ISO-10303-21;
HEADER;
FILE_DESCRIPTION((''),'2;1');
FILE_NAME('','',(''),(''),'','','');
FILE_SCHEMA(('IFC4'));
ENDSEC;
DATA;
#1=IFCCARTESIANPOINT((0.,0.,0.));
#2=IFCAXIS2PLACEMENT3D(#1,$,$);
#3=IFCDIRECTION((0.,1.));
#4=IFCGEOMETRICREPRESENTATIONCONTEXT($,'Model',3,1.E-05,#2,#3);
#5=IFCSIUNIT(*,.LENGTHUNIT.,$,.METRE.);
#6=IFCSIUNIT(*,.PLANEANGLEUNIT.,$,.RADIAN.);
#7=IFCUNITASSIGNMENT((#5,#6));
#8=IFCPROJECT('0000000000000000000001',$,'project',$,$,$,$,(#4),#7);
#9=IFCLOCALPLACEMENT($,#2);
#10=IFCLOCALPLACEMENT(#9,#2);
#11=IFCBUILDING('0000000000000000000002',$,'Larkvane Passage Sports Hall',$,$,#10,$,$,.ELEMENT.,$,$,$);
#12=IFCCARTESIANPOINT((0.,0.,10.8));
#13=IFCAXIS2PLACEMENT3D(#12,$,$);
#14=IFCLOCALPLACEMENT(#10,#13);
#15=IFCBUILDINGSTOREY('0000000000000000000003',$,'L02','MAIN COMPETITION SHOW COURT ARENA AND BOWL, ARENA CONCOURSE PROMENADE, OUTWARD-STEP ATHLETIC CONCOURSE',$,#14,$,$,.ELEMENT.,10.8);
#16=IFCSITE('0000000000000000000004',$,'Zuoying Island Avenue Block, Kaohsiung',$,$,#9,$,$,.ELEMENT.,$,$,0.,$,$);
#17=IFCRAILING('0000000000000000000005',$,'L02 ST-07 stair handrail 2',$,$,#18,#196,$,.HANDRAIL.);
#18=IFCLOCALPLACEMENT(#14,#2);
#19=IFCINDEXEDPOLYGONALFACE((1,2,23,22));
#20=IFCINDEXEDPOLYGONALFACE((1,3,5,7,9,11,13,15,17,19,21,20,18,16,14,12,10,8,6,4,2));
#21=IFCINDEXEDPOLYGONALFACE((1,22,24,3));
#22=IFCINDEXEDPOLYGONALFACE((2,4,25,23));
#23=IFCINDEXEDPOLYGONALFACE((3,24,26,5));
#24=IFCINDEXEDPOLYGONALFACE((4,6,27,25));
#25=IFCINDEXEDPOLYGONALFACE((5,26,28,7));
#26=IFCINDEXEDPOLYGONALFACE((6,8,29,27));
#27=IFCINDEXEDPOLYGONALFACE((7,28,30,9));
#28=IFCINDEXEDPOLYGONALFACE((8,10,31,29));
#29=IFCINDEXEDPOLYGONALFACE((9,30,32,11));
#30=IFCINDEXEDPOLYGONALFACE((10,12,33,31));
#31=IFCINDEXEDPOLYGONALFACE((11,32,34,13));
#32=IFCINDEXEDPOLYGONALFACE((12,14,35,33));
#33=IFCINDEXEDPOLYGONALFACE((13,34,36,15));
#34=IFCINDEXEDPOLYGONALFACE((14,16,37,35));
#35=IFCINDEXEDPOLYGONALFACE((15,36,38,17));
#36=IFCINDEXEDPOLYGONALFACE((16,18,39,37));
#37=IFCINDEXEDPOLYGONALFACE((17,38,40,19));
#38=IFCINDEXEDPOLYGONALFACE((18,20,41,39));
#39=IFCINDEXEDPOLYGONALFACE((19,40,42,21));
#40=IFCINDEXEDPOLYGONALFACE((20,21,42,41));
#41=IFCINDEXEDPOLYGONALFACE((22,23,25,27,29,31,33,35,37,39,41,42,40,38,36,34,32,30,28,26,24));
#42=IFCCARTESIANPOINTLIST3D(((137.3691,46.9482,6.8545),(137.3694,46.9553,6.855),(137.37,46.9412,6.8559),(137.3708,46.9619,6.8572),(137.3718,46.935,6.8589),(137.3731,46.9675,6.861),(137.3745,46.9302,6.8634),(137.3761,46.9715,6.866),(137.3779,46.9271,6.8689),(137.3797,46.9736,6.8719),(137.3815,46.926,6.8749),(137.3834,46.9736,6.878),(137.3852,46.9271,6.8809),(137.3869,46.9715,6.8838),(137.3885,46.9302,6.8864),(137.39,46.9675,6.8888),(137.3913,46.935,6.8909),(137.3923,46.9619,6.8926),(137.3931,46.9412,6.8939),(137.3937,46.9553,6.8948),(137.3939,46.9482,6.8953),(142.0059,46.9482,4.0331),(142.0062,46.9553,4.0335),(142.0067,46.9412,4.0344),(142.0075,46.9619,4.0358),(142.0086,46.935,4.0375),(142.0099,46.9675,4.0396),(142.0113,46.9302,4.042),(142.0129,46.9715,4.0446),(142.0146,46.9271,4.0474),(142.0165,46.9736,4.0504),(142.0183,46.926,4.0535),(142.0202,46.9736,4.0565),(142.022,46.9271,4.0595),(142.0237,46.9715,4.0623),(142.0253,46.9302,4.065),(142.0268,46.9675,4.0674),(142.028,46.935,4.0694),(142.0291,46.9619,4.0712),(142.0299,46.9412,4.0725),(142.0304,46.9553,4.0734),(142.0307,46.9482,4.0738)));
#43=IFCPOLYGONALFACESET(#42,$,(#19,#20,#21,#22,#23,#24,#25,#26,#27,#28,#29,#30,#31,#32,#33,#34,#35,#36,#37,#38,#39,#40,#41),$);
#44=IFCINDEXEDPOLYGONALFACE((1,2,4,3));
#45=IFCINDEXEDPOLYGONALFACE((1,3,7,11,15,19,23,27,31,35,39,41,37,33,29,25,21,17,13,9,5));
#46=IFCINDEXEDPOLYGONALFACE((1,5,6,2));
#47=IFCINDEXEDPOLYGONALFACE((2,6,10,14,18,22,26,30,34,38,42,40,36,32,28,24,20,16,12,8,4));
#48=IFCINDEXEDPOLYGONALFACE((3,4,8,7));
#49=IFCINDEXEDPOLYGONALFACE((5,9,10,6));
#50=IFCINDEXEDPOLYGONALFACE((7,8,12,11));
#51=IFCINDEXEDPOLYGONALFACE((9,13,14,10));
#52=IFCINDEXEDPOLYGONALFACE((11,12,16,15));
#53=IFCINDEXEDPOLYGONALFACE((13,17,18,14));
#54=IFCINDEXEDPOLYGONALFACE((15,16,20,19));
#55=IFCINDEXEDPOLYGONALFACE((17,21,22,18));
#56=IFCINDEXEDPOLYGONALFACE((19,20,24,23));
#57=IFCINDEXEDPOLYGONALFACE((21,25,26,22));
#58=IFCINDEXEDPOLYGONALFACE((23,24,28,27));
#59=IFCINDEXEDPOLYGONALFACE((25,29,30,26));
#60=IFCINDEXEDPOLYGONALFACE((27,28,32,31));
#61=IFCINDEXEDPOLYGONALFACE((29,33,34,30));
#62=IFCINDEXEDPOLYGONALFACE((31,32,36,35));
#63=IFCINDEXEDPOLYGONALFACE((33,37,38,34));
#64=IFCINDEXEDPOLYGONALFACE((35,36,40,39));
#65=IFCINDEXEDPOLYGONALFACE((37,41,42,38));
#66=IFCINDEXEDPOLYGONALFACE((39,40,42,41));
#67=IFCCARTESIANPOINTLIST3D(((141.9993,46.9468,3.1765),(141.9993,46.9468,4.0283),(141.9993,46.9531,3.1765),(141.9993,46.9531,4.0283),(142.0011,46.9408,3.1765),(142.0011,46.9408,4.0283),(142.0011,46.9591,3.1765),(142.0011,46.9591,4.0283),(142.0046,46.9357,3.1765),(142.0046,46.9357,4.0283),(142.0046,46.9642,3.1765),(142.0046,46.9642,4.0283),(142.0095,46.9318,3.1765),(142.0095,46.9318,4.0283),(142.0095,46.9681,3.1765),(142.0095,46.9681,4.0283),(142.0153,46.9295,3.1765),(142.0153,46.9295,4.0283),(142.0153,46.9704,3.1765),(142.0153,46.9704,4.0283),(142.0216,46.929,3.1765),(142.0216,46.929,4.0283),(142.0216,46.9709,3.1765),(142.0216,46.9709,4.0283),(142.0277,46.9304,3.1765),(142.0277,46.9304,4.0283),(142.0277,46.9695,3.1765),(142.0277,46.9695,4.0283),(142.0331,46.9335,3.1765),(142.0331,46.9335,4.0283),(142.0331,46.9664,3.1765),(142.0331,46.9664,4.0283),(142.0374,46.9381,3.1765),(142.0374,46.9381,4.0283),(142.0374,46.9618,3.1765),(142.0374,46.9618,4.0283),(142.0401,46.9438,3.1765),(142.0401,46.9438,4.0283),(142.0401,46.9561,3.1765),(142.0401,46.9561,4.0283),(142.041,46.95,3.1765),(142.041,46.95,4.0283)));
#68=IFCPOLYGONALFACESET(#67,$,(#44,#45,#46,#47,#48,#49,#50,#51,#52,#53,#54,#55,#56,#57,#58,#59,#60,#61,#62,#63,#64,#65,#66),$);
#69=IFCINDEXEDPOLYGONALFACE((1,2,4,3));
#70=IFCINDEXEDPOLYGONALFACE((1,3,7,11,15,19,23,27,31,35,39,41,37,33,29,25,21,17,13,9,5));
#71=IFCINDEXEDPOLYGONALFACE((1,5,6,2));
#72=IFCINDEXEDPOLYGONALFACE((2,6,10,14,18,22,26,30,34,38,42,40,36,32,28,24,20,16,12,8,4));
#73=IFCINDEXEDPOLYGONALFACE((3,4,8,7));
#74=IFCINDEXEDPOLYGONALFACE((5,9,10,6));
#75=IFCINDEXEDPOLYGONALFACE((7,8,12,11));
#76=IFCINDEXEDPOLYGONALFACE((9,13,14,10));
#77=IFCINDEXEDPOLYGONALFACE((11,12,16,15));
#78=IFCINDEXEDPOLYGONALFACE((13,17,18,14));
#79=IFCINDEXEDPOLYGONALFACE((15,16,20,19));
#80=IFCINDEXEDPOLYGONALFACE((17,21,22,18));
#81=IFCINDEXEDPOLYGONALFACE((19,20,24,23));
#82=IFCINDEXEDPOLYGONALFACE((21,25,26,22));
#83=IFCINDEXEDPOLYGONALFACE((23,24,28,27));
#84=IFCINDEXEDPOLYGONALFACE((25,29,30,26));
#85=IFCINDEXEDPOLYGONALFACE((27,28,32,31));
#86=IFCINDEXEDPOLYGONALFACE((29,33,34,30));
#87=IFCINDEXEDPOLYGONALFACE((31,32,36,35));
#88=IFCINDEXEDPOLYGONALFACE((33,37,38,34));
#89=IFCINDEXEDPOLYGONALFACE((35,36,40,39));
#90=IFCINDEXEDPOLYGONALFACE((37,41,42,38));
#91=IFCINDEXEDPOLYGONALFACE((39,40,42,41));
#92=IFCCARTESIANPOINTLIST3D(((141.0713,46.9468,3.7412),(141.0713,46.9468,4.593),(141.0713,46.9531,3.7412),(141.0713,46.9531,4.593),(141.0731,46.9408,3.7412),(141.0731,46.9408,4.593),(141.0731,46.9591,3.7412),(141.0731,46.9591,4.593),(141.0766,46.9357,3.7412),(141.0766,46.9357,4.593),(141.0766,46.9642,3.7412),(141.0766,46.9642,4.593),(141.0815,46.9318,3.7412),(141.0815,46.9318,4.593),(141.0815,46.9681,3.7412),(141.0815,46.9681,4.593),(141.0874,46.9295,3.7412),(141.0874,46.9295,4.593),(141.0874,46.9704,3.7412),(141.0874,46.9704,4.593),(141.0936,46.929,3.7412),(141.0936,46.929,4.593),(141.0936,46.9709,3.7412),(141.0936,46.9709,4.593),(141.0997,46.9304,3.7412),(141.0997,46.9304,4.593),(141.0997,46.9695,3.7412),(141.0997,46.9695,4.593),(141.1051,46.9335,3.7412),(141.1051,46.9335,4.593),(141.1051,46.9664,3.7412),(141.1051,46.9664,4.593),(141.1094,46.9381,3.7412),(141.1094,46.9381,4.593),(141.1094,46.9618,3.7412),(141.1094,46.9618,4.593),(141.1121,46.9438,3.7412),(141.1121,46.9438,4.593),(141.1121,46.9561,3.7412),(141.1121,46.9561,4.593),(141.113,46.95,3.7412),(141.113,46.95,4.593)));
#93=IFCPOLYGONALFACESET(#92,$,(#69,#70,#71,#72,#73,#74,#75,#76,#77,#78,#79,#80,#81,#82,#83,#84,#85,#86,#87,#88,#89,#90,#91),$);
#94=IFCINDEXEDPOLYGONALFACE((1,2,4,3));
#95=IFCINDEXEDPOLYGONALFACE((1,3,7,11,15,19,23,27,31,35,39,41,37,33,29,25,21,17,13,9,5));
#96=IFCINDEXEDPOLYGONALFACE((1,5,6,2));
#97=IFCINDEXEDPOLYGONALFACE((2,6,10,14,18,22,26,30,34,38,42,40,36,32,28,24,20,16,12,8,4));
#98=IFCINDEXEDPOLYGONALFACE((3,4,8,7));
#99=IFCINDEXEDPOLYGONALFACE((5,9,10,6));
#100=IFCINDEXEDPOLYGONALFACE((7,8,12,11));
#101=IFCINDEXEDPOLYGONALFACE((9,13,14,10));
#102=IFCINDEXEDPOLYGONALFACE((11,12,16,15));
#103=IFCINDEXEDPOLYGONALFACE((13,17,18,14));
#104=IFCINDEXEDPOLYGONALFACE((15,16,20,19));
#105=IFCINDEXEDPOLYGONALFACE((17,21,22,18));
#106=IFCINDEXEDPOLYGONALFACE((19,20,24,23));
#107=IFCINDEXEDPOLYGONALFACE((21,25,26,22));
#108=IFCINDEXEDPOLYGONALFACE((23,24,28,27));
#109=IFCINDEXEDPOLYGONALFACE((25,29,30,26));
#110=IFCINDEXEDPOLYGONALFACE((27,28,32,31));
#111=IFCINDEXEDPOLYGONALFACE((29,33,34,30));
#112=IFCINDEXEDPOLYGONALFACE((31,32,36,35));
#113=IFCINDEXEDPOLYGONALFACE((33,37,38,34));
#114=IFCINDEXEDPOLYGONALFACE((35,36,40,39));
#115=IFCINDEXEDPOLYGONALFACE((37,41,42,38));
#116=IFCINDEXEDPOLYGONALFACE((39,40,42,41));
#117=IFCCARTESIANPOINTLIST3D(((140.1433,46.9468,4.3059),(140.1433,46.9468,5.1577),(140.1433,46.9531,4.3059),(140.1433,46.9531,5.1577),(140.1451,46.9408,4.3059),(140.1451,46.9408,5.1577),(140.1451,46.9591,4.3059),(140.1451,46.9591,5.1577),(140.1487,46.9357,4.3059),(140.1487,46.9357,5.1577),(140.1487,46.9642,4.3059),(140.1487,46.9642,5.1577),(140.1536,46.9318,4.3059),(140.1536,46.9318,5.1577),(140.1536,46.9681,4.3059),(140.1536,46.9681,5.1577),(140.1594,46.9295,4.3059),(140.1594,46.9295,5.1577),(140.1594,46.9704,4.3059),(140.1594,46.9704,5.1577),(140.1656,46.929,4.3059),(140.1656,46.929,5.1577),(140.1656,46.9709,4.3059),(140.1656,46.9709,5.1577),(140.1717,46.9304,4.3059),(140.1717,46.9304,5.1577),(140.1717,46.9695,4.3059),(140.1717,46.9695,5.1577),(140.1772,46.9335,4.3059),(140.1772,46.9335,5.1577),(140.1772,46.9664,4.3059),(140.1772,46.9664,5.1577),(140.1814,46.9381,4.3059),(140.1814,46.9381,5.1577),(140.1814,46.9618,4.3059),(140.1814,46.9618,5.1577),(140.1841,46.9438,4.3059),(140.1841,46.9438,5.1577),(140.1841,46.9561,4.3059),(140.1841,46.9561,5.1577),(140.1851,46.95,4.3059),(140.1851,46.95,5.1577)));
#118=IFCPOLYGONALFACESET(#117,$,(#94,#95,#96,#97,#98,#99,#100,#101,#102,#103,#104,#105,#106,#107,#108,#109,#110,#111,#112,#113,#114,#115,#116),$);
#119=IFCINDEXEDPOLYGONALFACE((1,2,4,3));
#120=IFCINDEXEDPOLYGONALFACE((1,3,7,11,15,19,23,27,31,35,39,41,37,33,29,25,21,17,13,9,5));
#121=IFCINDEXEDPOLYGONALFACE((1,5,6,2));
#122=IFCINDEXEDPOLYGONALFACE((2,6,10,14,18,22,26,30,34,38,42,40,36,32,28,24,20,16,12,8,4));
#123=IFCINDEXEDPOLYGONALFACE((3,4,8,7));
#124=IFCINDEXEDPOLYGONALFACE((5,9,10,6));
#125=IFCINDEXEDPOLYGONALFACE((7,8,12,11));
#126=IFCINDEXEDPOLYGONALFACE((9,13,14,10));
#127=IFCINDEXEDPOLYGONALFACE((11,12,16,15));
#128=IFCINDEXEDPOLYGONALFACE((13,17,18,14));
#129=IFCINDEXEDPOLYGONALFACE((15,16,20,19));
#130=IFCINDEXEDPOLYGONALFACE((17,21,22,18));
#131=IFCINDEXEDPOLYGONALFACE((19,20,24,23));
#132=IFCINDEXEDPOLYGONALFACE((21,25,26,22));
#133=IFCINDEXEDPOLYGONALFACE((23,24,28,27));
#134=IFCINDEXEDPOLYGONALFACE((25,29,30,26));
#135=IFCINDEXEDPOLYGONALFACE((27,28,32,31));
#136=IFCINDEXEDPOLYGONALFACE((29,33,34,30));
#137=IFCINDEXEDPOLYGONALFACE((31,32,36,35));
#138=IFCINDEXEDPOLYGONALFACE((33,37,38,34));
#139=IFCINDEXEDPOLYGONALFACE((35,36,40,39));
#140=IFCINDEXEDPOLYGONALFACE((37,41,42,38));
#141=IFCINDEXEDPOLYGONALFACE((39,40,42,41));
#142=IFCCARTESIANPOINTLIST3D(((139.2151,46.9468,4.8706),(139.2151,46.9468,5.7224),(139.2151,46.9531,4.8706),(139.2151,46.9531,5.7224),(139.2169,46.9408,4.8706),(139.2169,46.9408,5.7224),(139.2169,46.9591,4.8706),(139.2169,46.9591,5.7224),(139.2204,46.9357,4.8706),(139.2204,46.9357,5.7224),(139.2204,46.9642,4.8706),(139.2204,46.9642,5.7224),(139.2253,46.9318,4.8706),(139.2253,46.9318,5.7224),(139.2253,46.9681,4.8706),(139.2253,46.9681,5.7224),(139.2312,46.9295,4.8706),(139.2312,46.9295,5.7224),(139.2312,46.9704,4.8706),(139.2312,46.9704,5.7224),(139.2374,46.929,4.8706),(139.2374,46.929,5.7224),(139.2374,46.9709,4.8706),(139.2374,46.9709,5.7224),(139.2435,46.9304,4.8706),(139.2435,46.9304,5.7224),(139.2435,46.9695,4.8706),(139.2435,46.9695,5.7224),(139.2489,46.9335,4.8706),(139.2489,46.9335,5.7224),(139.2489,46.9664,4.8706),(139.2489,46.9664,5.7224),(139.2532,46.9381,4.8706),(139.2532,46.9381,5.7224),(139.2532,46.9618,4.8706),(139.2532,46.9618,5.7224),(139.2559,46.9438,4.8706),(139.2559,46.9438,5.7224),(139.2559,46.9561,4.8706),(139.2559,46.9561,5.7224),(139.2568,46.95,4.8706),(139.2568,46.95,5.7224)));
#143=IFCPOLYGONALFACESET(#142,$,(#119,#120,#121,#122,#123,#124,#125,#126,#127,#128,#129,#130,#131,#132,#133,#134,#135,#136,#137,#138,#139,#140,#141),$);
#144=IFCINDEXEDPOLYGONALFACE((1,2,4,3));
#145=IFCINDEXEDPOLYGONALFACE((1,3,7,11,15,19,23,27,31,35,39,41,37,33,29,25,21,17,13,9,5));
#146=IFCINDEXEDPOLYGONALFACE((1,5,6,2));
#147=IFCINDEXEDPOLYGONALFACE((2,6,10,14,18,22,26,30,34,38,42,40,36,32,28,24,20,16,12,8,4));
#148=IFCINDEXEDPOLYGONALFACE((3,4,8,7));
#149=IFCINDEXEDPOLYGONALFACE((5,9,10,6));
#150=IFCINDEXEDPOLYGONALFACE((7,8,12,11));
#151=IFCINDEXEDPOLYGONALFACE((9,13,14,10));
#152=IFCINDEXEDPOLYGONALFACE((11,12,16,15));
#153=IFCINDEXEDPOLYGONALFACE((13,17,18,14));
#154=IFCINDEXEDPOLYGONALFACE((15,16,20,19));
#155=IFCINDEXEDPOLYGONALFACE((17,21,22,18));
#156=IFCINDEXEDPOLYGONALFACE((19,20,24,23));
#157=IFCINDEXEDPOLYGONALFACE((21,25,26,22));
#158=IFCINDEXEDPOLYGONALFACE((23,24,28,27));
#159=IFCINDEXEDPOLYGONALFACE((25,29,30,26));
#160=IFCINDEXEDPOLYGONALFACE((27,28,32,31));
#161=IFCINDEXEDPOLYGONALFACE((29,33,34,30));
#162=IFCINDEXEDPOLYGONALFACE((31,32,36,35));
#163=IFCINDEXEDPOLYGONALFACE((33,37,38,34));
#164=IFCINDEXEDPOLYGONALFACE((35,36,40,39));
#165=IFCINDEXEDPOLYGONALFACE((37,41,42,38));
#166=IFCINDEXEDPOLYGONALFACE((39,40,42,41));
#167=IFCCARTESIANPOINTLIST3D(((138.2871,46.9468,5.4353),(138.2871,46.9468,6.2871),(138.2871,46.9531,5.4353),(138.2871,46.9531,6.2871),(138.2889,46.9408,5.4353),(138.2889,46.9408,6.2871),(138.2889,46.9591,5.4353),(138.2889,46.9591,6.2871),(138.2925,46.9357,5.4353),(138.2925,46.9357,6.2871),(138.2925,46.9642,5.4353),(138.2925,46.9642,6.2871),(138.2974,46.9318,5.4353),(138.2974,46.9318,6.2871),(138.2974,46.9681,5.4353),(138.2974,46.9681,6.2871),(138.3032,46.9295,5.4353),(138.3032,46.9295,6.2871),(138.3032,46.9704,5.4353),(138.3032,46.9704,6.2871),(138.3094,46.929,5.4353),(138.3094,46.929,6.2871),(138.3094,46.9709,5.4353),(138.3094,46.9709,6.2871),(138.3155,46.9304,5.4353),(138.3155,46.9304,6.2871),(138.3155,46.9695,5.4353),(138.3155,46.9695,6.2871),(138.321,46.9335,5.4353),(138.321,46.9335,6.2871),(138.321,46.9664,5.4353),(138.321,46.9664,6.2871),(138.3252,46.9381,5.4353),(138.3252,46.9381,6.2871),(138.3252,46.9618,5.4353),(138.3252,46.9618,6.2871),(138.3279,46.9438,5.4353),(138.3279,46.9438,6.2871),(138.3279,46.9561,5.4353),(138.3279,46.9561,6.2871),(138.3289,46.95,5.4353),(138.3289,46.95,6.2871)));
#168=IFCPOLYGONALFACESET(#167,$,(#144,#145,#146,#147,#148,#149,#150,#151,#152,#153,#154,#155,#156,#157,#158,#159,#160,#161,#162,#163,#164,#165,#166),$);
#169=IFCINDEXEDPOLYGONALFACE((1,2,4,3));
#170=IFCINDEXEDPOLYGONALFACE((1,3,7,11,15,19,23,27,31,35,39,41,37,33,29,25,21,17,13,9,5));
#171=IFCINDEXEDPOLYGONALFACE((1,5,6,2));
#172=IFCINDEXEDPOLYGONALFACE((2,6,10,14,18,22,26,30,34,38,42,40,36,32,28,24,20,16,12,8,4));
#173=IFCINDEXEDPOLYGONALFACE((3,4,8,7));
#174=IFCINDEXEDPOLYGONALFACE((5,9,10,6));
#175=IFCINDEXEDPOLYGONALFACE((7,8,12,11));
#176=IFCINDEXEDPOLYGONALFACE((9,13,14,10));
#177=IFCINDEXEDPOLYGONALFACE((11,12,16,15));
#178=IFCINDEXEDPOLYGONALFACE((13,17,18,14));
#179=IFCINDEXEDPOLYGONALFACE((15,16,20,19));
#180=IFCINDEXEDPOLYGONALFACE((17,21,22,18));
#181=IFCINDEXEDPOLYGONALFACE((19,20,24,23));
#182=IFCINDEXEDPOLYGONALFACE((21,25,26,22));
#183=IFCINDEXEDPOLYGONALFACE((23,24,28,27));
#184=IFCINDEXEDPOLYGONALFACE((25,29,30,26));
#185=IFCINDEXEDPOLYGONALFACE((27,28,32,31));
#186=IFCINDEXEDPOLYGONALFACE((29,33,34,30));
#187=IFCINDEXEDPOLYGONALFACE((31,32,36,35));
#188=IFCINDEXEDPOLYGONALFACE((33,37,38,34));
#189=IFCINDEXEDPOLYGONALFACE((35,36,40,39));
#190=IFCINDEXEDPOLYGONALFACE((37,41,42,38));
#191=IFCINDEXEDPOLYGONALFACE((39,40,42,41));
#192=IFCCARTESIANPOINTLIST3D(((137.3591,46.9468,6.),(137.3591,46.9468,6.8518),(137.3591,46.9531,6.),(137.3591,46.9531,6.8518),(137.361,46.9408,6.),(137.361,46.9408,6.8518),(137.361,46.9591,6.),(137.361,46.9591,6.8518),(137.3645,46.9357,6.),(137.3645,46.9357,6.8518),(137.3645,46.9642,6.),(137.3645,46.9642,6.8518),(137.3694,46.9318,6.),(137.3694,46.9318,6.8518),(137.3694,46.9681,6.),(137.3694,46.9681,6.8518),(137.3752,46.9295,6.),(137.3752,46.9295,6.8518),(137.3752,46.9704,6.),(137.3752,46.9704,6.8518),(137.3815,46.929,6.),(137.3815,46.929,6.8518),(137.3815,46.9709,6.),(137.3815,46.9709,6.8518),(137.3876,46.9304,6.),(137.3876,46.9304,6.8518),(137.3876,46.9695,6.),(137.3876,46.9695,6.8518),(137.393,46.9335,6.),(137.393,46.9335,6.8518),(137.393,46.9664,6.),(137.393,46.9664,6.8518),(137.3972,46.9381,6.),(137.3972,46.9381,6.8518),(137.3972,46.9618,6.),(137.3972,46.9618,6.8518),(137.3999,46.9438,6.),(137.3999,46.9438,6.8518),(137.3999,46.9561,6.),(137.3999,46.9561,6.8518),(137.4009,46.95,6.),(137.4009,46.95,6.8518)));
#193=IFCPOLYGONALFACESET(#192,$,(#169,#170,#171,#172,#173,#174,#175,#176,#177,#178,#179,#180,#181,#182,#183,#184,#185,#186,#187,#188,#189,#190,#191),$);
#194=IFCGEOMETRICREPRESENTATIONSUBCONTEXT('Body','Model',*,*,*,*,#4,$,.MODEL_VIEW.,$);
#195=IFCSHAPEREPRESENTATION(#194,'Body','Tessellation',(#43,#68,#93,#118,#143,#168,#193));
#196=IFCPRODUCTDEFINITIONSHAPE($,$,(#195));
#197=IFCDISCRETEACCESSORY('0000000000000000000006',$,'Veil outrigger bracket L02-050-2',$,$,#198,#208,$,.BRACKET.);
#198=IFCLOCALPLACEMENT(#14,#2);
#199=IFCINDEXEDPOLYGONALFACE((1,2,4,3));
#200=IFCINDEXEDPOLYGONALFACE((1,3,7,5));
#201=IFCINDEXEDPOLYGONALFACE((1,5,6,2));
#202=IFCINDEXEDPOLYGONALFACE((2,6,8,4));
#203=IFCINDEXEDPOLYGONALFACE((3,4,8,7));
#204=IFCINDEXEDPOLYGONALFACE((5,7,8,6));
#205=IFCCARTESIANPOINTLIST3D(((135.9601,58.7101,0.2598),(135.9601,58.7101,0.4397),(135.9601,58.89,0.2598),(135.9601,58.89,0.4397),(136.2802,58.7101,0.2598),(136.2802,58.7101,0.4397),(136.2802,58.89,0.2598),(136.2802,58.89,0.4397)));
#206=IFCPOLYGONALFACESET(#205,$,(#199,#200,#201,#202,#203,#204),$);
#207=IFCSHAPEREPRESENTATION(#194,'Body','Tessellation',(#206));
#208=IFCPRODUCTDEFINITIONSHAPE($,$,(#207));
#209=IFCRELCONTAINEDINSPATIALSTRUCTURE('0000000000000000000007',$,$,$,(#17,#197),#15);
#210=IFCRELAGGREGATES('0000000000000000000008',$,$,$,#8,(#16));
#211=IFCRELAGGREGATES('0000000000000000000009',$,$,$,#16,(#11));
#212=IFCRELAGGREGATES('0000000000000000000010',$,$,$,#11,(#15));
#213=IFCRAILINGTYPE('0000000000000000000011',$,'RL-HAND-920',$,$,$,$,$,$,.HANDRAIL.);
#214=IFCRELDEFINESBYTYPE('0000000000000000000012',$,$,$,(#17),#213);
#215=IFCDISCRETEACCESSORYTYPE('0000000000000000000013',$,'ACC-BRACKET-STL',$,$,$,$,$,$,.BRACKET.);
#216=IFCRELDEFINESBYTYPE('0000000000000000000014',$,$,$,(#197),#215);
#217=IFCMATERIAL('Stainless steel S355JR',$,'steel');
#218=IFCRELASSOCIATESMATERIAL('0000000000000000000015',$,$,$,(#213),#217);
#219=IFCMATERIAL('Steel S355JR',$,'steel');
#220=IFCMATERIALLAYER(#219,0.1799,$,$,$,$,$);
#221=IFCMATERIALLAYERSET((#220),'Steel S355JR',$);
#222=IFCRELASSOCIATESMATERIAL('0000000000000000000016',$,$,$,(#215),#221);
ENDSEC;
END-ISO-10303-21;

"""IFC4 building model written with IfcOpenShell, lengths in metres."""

from ifc_helpers import new_model, si_unit, direction, frame, origin, origin_2d, place, context, subcontext, project, spatial, rectangle, circle, extrude, material, layer, layer_set, type_object, element, save


model = new_model("IFC4")

# Units and contexts
model_context = context("Model", 3, precision=1e-05, world=origin(), true_north=direction((0.0, 1.0)))
body_context = subcontext(model_context, "Body", "Model", "MODEL_VIEW")
ifc_project = project(units=[si_unit("LENGTHUNIT", "METRE"), si_unit("PLANEANGLEUNIT", "RADIAN")], contexts=[model_context])

# Site, building, storey
site_placement = place(None, origin())
site = spatial("IfcSite", under=ifc_project, at=site_placement, Name="Zuoying Island Avenue Block, Kaohsiung", CompositionType="ELEMENT", RefElevation=0.0)
building_placement = place(site_placement, origin())
building = spatial("IfcBuilding", under=site, at=building_placement, Name="Larkvane Passage Sports Hall", CompositionType="ELEMENT")
storey_placement = place(building_placement, frame((0.0, 0.0, 10.8)))
storey = spatial("IfcBuildingStorey", under=building, at=storey_placement, Name="L02", Description="MAIN COMPETITION SHOW COURT ARENA AND BOWL, ARENA CONCOURSE PROMENADE, OUTWARD-STEP ATHLETIC CONCOURSE", CompositionType="ELEMENT", Elevation=10.8)

# Shared definitions
ifc_material_1 = material(Name="Steel S355JR", Category="steel")

# Railing
ifc_material_2 = material(Name="Stainless steel S355JR", Category="steel")
railing_type_1 = type_object("IfcRailingType", Name="RL-HAND-920", PredefinedType="HANDRAIL", material=ifc_material_2)
railing_1_placement = place(storey_placement, frame((142.02, 46.95, 3.1765)))
element("IfcRailing", 1, at=railing_1_placement, inside=storey, type_object=railing_type_1, Name="L02 ST-07 stair handrail 2", PredefinedType="HANDRAIL", context=body_context, shape_type="SweptSolid", body=[
    extrude(circle(Radius=0.0239, at=origin_2d()), frame((-0.0017, 0.0, 0.877), z_axis=(-0.854276, 0.0, 0.51982), x_axis=(0.0, -1.0, 0.0)), (0.0, 0.0, 1.0), 5.4277),
    extrude(circle(Radius=0.021, at=origin_2d()), origin(), (0.0, 0.0, 1.0), 0.8518),
    extrude(circle(Radius=0.021, at=origin_2d()), frame((-0.928, 0.0, 0.5647)), (0.0, 0.0, 1.0), 0.8518),
    extrude(circle(Radius=0.021, at=origin_2d()), frame((-1.856, 0.0, 1.1294)), (0.0, 0.0, 1.0), 0.8518),
    extrude(circle(Radius=0.021, at=origin_2d()), frame((-2.7842, 0.0, 1.6941)), (0.0, 0.0, 1.0), 0.8518),
    extrude(circle(Radius=0.021, at=origin_2d()), frame((-3.7122, 0.0, 2.2588)), (0.0, 0.0, 1.0), 0.8518),
    extrude(circle(Radius=0.021, at=origin_2d()), frame((-4.6401, 0.0, 2.8235)), (0.0, 0.0, 1.0), 0.8518),
])

# Discrete accessory
ifc_layer_1 = layer(ifc_material_1, 0.1799)
ifc_layer_set_1 = layer_set([ifc_layer_1], Name="Steel S355JR")
discrete_accessory_type = type_object("IfcDiscreteAccessoryType", Name="ACC-BRACKET-STL", PredefinedType="BRACKET", material=ifc_layer_set_1)
discrete_accessory_placement = place(storey_placement, frame((136.1201, 58.8, 0.2598), z_axis=(0.0, 0.0, 1.0), x_axis=(0.0, -1.0, 0.0)))
element("IfcDiscreteAccessory", 2, at=discrete_accessory_placement, inside=storey, type_object=discrete_accessory_type, Name="Veil outrigger bracket L02-050-2", PredefinedType="BRACKET", context=body_context, shape_type="SweptSolid", body=[
    extrude(rectangle(XDim=0.1799, YDim=0.3201, at=origin_2d()), origin(), (0.0, 0.0, 1.0), 0.1799),
])

save(model, "model.ifc")
